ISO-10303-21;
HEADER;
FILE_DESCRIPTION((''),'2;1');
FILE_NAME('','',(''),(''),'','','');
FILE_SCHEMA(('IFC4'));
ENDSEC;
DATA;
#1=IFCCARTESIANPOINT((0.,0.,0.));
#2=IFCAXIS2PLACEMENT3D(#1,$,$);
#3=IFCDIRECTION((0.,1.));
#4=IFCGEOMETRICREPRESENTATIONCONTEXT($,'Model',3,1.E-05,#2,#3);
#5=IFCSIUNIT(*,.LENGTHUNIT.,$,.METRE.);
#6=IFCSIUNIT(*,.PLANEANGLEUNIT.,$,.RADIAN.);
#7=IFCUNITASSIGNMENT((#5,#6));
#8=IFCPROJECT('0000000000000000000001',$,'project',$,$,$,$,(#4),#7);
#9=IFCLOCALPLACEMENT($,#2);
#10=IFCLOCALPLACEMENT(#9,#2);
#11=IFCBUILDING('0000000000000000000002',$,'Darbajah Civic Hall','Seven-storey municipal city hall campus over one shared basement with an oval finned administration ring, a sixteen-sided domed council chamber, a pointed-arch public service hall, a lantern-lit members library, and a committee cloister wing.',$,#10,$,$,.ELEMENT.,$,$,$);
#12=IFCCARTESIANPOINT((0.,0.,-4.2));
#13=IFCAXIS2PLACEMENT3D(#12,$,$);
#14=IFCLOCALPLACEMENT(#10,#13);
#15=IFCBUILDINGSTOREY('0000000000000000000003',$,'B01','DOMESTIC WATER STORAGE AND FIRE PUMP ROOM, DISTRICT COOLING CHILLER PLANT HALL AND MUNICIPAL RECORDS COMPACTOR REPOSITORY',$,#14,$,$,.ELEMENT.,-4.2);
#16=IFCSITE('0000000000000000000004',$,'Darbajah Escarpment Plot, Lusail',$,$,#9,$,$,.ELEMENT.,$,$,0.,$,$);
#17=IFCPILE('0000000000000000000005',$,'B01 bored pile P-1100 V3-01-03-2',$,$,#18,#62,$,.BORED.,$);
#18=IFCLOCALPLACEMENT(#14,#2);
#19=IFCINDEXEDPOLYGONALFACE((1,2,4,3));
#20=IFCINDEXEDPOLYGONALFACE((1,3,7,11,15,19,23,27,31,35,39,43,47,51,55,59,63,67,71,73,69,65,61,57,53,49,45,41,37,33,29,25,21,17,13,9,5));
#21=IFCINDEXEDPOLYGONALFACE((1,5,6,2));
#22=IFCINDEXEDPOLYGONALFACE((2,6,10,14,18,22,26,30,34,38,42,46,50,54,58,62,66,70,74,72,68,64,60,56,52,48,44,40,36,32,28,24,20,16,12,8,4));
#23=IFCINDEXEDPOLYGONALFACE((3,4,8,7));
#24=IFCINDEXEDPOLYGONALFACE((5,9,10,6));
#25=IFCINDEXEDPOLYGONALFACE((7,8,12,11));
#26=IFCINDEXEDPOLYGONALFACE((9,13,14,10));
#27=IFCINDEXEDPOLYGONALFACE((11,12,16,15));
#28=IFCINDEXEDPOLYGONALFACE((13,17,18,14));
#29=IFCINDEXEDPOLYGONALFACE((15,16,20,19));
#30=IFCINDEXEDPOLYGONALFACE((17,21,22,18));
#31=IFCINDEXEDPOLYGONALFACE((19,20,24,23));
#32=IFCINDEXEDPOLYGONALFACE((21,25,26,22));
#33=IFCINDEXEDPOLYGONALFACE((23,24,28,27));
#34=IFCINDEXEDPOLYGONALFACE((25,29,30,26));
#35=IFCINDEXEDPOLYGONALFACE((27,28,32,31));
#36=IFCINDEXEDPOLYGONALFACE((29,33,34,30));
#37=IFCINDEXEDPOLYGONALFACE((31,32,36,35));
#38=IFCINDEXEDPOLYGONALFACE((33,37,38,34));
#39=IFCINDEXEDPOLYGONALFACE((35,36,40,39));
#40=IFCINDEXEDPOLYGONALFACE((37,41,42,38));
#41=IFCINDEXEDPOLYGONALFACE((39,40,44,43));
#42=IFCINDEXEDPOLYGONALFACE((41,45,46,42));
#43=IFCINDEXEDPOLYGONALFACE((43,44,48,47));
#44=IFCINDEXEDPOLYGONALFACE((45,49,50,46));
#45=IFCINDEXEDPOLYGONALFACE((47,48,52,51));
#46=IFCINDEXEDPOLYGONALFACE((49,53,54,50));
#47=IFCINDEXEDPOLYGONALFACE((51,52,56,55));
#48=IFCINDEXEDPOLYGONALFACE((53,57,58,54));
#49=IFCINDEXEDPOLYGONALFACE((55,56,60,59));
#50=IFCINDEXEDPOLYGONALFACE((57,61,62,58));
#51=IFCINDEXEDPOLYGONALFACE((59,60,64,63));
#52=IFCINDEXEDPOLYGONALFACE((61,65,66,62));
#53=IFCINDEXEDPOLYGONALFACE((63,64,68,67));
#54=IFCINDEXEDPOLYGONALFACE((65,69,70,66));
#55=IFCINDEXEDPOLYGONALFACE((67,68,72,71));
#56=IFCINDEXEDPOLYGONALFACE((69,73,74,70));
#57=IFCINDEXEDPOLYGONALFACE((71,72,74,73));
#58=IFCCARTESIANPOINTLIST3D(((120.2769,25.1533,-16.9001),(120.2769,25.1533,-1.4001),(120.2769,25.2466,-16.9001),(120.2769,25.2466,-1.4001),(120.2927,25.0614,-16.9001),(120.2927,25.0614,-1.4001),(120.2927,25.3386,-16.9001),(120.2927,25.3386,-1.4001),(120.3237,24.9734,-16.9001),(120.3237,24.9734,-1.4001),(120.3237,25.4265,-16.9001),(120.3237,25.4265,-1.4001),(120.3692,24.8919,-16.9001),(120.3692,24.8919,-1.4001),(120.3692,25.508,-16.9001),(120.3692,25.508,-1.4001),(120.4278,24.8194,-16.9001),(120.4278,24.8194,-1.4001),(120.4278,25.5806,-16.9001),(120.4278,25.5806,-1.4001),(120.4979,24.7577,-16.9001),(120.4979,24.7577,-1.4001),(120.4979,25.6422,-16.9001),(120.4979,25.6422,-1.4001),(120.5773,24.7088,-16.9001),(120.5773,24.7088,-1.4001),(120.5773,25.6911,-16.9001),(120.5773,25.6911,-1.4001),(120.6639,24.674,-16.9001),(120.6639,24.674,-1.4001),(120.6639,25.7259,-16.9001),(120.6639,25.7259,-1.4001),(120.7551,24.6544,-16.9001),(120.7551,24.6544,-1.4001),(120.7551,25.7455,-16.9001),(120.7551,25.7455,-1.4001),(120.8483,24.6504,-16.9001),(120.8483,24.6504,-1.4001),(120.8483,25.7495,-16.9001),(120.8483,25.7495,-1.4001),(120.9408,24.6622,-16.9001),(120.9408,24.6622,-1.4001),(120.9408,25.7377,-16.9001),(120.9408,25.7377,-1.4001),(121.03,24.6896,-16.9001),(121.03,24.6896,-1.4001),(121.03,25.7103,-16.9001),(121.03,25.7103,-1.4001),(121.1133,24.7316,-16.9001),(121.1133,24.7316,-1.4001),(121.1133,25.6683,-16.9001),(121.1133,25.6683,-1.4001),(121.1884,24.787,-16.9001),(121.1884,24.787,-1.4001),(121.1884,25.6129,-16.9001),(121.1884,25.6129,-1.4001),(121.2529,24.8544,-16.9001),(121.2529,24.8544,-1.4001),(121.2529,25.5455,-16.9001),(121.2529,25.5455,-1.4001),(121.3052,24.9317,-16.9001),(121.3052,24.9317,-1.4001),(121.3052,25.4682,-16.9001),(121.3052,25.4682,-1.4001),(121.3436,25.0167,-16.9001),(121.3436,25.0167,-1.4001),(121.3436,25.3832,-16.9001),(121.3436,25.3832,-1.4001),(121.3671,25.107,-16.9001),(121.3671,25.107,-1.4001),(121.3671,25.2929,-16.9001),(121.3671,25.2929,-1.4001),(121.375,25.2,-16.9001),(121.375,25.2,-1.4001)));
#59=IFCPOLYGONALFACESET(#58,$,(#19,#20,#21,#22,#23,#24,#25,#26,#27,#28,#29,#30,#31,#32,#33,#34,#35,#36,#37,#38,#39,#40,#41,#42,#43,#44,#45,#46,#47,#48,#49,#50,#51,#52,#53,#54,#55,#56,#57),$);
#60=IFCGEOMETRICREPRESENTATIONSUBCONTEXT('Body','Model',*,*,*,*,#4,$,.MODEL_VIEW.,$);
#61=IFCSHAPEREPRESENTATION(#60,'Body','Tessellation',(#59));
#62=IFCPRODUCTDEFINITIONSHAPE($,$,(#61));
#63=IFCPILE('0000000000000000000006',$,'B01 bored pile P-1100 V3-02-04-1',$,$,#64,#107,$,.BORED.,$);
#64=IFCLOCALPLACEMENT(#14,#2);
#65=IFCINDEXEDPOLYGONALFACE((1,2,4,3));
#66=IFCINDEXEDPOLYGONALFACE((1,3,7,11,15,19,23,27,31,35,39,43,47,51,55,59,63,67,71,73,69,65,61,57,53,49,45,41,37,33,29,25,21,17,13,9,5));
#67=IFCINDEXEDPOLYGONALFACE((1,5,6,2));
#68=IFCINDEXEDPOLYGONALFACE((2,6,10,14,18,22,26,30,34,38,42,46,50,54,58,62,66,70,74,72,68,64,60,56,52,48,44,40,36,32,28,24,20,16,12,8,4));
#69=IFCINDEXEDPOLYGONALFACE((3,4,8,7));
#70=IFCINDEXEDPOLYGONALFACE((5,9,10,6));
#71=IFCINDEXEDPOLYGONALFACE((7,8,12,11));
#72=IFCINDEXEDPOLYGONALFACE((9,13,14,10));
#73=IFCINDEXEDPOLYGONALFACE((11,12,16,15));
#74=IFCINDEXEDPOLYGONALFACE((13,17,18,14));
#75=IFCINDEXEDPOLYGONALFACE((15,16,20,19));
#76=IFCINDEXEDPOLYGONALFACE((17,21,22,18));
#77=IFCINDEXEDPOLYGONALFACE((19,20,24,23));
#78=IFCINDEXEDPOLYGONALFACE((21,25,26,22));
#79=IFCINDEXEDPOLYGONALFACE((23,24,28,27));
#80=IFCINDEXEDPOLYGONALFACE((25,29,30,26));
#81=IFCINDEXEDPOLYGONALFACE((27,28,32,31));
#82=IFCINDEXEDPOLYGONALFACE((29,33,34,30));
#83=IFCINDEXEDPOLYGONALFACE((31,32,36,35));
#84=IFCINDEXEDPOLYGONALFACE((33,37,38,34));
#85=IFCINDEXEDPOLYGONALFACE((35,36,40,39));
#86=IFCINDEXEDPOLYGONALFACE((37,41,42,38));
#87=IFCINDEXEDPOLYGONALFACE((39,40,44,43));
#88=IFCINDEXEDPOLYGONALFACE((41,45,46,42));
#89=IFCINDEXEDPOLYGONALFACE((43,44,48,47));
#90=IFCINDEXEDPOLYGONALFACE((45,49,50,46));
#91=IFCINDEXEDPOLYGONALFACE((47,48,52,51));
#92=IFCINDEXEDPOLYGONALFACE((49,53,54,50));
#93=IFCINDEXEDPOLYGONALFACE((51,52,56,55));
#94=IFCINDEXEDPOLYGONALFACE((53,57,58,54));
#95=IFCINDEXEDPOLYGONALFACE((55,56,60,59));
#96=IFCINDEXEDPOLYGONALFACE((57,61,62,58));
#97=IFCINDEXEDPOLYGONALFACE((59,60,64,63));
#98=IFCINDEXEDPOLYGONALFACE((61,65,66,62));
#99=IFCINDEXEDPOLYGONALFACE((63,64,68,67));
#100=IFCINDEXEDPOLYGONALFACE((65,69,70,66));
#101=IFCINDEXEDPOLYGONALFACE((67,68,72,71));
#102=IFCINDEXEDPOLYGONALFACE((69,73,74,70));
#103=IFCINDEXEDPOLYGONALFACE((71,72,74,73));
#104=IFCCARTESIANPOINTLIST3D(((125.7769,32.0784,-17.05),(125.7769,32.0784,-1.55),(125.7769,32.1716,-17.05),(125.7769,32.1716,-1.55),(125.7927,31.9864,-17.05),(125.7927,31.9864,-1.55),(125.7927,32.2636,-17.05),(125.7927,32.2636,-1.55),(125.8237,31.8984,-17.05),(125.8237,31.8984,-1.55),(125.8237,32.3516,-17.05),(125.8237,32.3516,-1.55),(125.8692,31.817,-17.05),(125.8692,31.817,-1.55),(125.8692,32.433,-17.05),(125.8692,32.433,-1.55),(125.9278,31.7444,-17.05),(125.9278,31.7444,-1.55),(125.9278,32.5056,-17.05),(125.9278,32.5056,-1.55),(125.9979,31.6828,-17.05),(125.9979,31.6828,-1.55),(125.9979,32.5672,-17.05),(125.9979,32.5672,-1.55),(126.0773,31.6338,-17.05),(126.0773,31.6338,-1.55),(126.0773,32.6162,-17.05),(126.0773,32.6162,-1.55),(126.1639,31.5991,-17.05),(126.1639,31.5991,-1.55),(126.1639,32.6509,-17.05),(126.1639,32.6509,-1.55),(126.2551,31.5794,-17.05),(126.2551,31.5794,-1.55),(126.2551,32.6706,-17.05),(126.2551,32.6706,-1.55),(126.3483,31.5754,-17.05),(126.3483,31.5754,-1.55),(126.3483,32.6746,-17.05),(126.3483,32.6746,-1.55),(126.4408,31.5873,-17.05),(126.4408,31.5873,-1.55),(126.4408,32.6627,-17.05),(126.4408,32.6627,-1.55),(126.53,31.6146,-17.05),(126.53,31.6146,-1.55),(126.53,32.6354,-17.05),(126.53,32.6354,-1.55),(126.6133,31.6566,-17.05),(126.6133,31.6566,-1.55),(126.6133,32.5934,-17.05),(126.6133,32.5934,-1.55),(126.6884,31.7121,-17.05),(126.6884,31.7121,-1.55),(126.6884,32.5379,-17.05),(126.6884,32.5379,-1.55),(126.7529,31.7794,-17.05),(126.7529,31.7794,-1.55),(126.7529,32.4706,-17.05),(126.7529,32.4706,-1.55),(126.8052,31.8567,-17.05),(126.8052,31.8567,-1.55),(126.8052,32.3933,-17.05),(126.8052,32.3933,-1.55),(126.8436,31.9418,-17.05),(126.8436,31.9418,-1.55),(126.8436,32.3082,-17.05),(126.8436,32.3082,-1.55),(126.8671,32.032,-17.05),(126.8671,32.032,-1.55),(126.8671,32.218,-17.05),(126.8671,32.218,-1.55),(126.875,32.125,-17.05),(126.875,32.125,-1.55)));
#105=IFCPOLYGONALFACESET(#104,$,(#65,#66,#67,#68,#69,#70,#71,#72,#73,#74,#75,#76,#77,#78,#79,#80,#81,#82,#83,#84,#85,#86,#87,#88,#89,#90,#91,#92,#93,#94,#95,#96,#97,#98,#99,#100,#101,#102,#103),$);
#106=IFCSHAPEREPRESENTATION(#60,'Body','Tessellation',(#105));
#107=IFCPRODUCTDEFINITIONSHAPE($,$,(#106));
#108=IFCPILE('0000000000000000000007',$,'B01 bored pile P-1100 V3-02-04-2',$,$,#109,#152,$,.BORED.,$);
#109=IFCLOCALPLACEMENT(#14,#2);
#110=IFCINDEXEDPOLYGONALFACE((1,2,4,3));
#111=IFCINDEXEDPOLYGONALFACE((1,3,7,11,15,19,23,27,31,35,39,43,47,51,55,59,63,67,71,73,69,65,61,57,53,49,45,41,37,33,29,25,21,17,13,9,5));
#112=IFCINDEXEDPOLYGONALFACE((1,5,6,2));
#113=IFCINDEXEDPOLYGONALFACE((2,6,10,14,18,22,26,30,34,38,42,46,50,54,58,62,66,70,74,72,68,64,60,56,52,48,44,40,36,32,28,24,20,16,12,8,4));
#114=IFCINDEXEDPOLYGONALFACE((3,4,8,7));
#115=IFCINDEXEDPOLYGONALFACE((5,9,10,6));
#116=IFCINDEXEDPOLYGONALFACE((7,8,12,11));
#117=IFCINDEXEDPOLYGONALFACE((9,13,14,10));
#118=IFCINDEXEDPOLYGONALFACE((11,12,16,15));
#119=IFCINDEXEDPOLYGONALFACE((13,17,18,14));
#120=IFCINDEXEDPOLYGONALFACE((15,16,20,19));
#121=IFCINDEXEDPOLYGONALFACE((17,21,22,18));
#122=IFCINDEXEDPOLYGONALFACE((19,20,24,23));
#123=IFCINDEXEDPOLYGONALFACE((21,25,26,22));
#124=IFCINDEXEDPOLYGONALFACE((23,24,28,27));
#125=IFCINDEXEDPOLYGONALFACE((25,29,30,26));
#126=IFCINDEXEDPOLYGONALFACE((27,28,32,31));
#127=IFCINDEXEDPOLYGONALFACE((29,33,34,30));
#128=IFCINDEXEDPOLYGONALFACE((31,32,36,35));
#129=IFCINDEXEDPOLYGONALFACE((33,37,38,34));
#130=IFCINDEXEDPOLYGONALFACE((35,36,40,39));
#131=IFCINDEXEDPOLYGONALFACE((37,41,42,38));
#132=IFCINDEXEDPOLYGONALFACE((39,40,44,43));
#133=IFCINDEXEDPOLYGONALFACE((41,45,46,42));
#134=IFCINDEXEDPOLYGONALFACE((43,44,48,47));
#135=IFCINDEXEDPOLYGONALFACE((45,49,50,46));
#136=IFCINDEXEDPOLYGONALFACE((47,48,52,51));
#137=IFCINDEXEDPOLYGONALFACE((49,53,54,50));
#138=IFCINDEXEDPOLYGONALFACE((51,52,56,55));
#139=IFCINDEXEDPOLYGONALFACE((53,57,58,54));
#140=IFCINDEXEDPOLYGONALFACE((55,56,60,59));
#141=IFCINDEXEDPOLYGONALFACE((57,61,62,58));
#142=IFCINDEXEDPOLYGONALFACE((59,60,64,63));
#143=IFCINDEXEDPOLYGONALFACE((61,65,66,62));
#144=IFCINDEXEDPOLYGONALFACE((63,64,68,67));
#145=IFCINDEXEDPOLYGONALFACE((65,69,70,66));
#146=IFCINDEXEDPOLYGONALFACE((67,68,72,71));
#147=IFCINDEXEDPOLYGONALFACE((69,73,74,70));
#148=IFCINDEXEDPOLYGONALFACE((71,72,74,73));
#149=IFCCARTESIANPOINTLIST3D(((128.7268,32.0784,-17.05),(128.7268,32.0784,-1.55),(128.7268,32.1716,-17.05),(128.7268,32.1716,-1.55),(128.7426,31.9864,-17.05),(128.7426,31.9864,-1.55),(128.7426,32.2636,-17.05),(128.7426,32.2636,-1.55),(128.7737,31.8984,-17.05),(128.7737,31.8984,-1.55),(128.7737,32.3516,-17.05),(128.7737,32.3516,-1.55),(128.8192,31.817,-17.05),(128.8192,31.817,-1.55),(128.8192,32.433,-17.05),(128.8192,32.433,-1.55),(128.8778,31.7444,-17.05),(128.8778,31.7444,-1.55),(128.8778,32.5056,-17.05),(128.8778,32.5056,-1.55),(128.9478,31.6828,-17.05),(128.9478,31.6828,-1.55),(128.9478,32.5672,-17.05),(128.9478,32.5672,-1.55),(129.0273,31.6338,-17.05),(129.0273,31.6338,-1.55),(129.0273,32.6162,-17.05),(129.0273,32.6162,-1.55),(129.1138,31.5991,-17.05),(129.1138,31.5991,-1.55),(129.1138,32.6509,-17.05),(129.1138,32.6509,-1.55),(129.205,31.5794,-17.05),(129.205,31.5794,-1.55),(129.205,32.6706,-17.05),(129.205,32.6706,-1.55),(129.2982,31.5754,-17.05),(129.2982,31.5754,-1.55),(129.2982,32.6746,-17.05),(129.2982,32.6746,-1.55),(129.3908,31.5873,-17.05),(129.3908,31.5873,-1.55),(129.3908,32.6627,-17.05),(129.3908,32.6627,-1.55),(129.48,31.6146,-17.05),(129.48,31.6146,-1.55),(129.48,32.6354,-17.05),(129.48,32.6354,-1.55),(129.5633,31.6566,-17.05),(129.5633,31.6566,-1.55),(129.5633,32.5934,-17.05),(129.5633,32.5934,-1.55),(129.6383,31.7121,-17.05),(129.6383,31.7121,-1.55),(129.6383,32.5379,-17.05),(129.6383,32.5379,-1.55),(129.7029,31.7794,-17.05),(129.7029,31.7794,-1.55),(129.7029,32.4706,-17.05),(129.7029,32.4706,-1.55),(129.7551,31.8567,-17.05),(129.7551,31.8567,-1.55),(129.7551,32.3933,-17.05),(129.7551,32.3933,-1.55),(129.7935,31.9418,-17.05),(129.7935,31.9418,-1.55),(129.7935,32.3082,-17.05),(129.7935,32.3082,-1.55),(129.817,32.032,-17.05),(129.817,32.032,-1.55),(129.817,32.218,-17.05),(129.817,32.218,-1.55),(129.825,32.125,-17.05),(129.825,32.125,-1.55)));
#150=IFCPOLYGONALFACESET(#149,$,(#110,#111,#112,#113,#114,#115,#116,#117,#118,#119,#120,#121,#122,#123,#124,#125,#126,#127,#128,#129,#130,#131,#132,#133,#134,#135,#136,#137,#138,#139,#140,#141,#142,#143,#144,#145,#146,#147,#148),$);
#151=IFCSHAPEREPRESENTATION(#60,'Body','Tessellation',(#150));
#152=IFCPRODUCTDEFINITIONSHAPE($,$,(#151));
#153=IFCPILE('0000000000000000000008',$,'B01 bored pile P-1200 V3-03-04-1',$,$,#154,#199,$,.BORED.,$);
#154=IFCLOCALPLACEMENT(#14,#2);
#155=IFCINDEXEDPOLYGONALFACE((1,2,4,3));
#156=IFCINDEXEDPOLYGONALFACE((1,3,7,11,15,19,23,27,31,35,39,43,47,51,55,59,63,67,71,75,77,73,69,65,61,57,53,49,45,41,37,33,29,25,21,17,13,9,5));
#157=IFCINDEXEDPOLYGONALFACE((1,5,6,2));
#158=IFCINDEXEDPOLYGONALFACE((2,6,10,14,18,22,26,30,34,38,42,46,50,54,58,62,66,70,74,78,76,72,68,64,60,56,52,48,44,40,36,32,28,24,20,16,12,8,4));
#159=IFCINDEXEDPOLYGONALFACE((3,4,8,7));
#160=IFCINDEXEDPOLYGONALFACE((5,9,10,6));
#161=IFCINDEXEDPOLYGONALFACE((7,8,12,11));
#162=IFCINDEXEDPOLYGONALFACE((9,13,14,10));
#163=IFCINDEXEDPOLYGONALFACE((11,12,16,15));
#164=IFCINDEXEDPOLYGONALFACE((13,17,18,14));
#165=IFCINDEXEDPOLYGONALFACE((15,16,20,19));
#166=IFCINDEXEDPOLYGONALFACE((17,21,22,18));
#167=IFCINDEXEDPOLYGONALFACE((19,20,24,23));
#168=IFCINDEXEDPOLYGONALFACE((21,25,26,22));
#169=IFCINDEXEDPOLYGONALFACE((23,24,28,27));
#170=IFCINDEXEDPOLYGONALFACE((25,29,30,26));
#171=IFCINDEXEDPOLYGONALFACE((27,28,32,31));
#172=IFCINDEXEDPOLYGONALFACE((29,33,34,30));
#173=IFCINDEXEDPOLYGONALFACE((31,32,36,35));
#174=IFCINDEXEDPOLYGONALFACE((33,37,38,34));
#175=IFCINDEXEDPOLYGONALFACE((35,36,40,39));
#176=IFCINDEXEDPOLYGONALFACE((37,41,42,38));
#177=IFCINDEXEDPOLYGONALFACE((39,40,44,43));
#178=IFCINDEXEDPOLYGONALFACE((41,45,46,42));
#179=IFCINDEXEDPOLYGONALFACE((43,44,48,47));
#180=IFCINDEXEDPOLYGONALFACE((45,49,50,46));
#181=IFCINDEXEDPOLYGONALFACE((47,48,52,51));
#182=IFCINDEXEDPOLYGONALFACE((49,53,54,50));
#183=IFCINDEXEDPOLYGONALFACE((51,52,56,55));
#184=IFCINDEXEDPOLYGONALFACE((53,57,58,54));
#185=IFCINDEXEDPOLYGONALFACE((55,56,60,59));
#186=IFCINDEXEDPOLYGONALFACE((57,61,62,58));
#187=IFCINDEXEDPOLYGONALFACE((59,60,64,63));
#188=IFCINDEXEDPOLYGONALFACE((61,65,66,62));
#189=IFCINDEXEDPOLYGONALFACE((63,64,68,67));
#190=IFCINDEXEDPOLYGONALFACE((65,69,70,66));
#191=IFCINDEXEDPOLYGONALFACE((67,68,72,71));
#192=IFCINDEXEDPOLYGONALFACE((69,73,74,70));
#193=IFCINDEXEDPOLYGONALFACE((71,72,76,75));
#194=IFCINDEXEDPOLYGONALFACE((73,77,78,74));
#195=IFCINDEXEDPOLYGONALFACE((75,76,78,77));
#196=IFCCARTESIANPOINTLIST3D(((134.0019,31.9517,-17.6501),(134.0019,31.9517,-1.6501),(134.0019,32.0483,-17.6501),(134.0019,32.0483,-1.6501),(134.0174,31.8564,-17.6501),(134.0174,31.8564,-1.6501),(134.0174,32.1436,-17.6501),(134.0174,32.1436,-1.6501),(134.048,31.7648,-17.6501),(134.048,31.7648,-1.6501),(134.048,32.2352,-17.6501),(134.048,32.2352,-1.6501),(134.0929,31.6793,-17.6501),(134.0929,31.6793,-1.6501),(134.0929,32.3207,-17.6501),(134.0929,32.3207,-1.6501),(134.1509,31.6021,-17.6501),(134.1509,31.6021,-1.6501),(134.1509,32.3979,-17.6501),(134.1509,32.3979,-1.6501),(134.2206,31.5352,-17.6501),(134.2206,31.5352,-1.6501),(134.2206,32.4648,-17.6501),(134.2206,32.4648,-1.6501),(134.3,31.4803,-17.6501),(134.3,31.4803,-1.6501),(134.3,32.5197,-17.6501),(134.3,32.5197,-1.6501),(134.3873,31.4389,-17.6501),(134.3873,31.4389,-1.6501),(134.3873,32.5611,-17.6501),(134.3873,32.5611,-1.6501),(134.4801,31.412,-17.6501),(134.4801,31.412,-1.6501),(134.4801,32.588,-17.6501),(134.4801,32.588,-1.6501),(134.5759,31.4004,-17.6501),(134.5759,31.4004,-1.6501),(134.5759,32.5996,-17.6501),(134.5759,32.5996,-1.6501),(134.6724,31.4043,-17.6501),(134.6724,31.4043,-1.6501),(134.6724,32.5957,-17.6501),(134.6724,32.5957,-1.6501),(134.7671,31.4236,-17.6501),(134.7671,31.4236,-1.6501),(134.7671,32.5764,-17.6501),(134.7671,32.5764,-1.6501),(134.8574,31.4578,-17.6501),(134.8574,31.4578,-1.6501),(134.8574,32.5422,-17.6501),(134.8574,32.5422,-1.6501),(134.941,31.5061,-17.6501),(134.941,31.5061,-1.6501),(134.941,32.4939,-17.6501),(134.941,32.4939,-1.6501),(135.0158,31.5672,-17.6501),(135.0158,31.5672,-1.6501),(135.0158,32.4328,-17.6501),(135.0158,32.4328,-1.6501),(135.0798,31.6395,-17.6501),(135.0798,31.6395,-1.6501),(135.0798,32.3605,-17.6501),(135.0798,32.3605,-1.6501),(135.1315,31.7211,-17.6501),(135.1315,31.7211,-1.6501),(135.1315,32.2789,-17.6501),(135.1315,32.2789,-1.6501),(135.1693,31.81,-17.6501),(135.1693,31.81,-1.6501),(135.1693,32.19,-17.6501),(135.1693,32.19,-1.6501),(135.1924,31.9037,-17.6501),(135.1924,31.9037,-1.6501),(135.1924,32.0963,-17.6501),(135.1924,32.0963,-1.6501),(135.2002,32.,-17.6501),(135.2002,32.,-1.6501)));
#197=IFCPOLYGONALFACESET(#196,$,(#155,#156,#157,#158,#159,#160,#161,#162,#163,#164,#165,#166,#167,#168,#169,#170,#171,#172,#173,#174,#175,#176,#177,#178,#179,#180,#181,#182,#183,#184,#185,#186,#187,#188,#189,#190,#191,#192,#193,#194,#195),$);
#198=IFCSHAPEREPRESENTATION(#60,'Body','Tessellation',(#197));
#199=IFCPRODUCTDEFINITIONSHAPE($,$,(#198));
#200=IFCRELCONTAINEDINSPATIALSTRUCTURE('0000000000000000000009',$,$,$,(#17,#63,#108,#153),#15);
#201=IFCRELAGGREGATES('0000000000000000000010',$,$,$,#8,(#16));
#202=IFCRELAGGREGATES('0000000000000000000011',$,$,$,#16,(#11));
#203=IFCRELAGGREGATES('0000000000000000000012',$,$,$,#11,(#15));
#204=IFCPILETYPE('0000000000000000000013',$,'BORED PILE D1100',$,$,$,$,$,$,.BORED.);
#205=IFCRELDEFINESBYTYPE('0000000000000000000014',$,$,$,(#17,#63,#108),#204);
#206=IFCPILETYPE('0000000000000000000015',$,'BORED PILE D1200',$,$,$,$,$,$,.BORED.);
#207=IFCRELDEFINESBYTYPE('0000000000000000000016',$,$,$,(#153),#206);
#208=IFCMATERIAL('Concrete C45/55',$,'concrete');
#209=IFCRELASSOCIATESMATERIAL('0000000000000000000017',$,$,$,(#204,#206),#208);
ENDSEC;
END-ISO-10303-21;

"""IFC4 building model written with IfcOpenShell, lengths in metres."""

from ifc_helpers import new_model, si_unit, direction, frame, origin, origin_2d, place, context, subcontext, project, spatial, circle, extrude, material, material_profile, profile_set, type_object, element, save


model = new_model("IFC4")

# Units and contexts
model_context = context("Model", 3, precision=1e-05, world=origin(), true_north=direction((0.0, 1.0)))
body_context = subcontext(model_context, "Body", "Model", "MODEL_VIEW")
ifc_project = project(units=[si_unit("LENGTHUNIT", "METRE"), si_unit("PLANEANGLEUNIT", "RADIAN")], contexts=[model_context])

# Site, building, storey
site_placement = place(None, origin())
site = spatial("IfcSite", under=ifc_project, at=site_placement, Name="Darbajah Escarpment Plot, Lusail", CompositionType="ELEMENT", RefElevation=0.0)
building_placement = place(site_placement, origin())
building = spatial("IfcBuilding", under=site, at=building_placement, Name="Darbajah Civic Hall", Description="Seven-storey municipal city hall campus over one shared basement with an oval finned administration ring, a sixteen-sided domed council chamber, a pointed-arch public service hall, a lantern-lit members library, and a committee cloister wing.", CompositionType="ELEMENT")
storey_placement = place(building_placement, frame((0.0, 0.0, -4.2)))
storey = spatial("IfcBuildingStorey", under=building, at=storey_placement, Name="B01", Description="DOMESTIC WATER STORAGE AND FIRE PUMP ROOM, DISTRICT COOLING CHILLER PLANT HALL AND MUNICIPAL RECORDS COMPACTOR REPOSITORY", CompositionType="ELEMENT", Elevation=-4.2)

# Piles
ifc_material_1 = material(Name="Concrete C45/55", Category="concrete")
ifc_material_profile_1 = material_profile(ifc_material_1, circle(Radius=0.55, at=origin_2d()), Name="BORED PILE D1100")
ifc_profile_set_1 = profile_set([ifc_material_profile_1], Name="Concrete C45/55")
pile_type_1 = type_object("IfcPileType", Name="BORED PILE D1100", PredefinedType="BORED", material=ifc_profile_set_1)
for number, where, z_axis, x_axis, name in (
    (1, (120.825, 25.2, -1.4001), (0.0, 0.0, -1.0), (1.0, 0.0, 0.0), "B01 bored pile P-1100 V3-01-03-2"),
    (2, (126.325, 32.125, -1.55), (0.0, 0.0, -1.0), (1.0, 0.0, 0.0), "B01 bored pile P-1100 V3-02-04-1"),
    (3, (129.2749, 32.125, -1.55), (0.0, 0.0, -1.0), (1.0, 0.0, 0.0), "B01 bored pile P-1100 V3-02-04-2"),
):
    element("IfcPile", number, at=place(storey_placement, frame(where, z_axis=z_axis, x_axis=x_axis)), inside=storey, type_object=pile_type_1, Name=name, PredefinedType="BORED", context=body_context, shape_type="SweptSolid", body=[
        extrude(circle(Radius=0.55, at=origin_2d()), origin(), (0.0, 0.0, 1.0), 15.5),
    ])
ifc_material_profile_2 = material_profile(ifc_material_1, circle(Radius=0.6001, at=origin_2d()), Name="BORED PILE D1200")
ifc_profile_set_2 = profile_set([ifc_material_profile_2], Name="Concrete C45/55")
pile_type_2 = type_object("IfcPileType", Name="BORED PILE D1200", PredefinedType="BORED", material=ifc_profile_set_2)
for number, where, z_axis, x_axis, name in (
    (4, (134.6001, 32.0, -1.6501), (0.0, 0.0, -1.0), (1.0, 0.0, 0.0), "B01 bored pile P-1200 V3-03-04-1"),
):
    element("IfcPile", number, at=place(storey_placement, frame(where, z_axis=z_axis, x_axis=x_axis)), inside=storey, type_object=pile_type_2, Name=name, PredefinedType="BORED", context=body_context, shape_type="SweptSolid", body=[
        extrude(circle(Radius=0.6001, at=origin_2d()), origin(), (0.0, 0.0, 1.0), 16.0),
    ])

save(model, "model.ifc")
